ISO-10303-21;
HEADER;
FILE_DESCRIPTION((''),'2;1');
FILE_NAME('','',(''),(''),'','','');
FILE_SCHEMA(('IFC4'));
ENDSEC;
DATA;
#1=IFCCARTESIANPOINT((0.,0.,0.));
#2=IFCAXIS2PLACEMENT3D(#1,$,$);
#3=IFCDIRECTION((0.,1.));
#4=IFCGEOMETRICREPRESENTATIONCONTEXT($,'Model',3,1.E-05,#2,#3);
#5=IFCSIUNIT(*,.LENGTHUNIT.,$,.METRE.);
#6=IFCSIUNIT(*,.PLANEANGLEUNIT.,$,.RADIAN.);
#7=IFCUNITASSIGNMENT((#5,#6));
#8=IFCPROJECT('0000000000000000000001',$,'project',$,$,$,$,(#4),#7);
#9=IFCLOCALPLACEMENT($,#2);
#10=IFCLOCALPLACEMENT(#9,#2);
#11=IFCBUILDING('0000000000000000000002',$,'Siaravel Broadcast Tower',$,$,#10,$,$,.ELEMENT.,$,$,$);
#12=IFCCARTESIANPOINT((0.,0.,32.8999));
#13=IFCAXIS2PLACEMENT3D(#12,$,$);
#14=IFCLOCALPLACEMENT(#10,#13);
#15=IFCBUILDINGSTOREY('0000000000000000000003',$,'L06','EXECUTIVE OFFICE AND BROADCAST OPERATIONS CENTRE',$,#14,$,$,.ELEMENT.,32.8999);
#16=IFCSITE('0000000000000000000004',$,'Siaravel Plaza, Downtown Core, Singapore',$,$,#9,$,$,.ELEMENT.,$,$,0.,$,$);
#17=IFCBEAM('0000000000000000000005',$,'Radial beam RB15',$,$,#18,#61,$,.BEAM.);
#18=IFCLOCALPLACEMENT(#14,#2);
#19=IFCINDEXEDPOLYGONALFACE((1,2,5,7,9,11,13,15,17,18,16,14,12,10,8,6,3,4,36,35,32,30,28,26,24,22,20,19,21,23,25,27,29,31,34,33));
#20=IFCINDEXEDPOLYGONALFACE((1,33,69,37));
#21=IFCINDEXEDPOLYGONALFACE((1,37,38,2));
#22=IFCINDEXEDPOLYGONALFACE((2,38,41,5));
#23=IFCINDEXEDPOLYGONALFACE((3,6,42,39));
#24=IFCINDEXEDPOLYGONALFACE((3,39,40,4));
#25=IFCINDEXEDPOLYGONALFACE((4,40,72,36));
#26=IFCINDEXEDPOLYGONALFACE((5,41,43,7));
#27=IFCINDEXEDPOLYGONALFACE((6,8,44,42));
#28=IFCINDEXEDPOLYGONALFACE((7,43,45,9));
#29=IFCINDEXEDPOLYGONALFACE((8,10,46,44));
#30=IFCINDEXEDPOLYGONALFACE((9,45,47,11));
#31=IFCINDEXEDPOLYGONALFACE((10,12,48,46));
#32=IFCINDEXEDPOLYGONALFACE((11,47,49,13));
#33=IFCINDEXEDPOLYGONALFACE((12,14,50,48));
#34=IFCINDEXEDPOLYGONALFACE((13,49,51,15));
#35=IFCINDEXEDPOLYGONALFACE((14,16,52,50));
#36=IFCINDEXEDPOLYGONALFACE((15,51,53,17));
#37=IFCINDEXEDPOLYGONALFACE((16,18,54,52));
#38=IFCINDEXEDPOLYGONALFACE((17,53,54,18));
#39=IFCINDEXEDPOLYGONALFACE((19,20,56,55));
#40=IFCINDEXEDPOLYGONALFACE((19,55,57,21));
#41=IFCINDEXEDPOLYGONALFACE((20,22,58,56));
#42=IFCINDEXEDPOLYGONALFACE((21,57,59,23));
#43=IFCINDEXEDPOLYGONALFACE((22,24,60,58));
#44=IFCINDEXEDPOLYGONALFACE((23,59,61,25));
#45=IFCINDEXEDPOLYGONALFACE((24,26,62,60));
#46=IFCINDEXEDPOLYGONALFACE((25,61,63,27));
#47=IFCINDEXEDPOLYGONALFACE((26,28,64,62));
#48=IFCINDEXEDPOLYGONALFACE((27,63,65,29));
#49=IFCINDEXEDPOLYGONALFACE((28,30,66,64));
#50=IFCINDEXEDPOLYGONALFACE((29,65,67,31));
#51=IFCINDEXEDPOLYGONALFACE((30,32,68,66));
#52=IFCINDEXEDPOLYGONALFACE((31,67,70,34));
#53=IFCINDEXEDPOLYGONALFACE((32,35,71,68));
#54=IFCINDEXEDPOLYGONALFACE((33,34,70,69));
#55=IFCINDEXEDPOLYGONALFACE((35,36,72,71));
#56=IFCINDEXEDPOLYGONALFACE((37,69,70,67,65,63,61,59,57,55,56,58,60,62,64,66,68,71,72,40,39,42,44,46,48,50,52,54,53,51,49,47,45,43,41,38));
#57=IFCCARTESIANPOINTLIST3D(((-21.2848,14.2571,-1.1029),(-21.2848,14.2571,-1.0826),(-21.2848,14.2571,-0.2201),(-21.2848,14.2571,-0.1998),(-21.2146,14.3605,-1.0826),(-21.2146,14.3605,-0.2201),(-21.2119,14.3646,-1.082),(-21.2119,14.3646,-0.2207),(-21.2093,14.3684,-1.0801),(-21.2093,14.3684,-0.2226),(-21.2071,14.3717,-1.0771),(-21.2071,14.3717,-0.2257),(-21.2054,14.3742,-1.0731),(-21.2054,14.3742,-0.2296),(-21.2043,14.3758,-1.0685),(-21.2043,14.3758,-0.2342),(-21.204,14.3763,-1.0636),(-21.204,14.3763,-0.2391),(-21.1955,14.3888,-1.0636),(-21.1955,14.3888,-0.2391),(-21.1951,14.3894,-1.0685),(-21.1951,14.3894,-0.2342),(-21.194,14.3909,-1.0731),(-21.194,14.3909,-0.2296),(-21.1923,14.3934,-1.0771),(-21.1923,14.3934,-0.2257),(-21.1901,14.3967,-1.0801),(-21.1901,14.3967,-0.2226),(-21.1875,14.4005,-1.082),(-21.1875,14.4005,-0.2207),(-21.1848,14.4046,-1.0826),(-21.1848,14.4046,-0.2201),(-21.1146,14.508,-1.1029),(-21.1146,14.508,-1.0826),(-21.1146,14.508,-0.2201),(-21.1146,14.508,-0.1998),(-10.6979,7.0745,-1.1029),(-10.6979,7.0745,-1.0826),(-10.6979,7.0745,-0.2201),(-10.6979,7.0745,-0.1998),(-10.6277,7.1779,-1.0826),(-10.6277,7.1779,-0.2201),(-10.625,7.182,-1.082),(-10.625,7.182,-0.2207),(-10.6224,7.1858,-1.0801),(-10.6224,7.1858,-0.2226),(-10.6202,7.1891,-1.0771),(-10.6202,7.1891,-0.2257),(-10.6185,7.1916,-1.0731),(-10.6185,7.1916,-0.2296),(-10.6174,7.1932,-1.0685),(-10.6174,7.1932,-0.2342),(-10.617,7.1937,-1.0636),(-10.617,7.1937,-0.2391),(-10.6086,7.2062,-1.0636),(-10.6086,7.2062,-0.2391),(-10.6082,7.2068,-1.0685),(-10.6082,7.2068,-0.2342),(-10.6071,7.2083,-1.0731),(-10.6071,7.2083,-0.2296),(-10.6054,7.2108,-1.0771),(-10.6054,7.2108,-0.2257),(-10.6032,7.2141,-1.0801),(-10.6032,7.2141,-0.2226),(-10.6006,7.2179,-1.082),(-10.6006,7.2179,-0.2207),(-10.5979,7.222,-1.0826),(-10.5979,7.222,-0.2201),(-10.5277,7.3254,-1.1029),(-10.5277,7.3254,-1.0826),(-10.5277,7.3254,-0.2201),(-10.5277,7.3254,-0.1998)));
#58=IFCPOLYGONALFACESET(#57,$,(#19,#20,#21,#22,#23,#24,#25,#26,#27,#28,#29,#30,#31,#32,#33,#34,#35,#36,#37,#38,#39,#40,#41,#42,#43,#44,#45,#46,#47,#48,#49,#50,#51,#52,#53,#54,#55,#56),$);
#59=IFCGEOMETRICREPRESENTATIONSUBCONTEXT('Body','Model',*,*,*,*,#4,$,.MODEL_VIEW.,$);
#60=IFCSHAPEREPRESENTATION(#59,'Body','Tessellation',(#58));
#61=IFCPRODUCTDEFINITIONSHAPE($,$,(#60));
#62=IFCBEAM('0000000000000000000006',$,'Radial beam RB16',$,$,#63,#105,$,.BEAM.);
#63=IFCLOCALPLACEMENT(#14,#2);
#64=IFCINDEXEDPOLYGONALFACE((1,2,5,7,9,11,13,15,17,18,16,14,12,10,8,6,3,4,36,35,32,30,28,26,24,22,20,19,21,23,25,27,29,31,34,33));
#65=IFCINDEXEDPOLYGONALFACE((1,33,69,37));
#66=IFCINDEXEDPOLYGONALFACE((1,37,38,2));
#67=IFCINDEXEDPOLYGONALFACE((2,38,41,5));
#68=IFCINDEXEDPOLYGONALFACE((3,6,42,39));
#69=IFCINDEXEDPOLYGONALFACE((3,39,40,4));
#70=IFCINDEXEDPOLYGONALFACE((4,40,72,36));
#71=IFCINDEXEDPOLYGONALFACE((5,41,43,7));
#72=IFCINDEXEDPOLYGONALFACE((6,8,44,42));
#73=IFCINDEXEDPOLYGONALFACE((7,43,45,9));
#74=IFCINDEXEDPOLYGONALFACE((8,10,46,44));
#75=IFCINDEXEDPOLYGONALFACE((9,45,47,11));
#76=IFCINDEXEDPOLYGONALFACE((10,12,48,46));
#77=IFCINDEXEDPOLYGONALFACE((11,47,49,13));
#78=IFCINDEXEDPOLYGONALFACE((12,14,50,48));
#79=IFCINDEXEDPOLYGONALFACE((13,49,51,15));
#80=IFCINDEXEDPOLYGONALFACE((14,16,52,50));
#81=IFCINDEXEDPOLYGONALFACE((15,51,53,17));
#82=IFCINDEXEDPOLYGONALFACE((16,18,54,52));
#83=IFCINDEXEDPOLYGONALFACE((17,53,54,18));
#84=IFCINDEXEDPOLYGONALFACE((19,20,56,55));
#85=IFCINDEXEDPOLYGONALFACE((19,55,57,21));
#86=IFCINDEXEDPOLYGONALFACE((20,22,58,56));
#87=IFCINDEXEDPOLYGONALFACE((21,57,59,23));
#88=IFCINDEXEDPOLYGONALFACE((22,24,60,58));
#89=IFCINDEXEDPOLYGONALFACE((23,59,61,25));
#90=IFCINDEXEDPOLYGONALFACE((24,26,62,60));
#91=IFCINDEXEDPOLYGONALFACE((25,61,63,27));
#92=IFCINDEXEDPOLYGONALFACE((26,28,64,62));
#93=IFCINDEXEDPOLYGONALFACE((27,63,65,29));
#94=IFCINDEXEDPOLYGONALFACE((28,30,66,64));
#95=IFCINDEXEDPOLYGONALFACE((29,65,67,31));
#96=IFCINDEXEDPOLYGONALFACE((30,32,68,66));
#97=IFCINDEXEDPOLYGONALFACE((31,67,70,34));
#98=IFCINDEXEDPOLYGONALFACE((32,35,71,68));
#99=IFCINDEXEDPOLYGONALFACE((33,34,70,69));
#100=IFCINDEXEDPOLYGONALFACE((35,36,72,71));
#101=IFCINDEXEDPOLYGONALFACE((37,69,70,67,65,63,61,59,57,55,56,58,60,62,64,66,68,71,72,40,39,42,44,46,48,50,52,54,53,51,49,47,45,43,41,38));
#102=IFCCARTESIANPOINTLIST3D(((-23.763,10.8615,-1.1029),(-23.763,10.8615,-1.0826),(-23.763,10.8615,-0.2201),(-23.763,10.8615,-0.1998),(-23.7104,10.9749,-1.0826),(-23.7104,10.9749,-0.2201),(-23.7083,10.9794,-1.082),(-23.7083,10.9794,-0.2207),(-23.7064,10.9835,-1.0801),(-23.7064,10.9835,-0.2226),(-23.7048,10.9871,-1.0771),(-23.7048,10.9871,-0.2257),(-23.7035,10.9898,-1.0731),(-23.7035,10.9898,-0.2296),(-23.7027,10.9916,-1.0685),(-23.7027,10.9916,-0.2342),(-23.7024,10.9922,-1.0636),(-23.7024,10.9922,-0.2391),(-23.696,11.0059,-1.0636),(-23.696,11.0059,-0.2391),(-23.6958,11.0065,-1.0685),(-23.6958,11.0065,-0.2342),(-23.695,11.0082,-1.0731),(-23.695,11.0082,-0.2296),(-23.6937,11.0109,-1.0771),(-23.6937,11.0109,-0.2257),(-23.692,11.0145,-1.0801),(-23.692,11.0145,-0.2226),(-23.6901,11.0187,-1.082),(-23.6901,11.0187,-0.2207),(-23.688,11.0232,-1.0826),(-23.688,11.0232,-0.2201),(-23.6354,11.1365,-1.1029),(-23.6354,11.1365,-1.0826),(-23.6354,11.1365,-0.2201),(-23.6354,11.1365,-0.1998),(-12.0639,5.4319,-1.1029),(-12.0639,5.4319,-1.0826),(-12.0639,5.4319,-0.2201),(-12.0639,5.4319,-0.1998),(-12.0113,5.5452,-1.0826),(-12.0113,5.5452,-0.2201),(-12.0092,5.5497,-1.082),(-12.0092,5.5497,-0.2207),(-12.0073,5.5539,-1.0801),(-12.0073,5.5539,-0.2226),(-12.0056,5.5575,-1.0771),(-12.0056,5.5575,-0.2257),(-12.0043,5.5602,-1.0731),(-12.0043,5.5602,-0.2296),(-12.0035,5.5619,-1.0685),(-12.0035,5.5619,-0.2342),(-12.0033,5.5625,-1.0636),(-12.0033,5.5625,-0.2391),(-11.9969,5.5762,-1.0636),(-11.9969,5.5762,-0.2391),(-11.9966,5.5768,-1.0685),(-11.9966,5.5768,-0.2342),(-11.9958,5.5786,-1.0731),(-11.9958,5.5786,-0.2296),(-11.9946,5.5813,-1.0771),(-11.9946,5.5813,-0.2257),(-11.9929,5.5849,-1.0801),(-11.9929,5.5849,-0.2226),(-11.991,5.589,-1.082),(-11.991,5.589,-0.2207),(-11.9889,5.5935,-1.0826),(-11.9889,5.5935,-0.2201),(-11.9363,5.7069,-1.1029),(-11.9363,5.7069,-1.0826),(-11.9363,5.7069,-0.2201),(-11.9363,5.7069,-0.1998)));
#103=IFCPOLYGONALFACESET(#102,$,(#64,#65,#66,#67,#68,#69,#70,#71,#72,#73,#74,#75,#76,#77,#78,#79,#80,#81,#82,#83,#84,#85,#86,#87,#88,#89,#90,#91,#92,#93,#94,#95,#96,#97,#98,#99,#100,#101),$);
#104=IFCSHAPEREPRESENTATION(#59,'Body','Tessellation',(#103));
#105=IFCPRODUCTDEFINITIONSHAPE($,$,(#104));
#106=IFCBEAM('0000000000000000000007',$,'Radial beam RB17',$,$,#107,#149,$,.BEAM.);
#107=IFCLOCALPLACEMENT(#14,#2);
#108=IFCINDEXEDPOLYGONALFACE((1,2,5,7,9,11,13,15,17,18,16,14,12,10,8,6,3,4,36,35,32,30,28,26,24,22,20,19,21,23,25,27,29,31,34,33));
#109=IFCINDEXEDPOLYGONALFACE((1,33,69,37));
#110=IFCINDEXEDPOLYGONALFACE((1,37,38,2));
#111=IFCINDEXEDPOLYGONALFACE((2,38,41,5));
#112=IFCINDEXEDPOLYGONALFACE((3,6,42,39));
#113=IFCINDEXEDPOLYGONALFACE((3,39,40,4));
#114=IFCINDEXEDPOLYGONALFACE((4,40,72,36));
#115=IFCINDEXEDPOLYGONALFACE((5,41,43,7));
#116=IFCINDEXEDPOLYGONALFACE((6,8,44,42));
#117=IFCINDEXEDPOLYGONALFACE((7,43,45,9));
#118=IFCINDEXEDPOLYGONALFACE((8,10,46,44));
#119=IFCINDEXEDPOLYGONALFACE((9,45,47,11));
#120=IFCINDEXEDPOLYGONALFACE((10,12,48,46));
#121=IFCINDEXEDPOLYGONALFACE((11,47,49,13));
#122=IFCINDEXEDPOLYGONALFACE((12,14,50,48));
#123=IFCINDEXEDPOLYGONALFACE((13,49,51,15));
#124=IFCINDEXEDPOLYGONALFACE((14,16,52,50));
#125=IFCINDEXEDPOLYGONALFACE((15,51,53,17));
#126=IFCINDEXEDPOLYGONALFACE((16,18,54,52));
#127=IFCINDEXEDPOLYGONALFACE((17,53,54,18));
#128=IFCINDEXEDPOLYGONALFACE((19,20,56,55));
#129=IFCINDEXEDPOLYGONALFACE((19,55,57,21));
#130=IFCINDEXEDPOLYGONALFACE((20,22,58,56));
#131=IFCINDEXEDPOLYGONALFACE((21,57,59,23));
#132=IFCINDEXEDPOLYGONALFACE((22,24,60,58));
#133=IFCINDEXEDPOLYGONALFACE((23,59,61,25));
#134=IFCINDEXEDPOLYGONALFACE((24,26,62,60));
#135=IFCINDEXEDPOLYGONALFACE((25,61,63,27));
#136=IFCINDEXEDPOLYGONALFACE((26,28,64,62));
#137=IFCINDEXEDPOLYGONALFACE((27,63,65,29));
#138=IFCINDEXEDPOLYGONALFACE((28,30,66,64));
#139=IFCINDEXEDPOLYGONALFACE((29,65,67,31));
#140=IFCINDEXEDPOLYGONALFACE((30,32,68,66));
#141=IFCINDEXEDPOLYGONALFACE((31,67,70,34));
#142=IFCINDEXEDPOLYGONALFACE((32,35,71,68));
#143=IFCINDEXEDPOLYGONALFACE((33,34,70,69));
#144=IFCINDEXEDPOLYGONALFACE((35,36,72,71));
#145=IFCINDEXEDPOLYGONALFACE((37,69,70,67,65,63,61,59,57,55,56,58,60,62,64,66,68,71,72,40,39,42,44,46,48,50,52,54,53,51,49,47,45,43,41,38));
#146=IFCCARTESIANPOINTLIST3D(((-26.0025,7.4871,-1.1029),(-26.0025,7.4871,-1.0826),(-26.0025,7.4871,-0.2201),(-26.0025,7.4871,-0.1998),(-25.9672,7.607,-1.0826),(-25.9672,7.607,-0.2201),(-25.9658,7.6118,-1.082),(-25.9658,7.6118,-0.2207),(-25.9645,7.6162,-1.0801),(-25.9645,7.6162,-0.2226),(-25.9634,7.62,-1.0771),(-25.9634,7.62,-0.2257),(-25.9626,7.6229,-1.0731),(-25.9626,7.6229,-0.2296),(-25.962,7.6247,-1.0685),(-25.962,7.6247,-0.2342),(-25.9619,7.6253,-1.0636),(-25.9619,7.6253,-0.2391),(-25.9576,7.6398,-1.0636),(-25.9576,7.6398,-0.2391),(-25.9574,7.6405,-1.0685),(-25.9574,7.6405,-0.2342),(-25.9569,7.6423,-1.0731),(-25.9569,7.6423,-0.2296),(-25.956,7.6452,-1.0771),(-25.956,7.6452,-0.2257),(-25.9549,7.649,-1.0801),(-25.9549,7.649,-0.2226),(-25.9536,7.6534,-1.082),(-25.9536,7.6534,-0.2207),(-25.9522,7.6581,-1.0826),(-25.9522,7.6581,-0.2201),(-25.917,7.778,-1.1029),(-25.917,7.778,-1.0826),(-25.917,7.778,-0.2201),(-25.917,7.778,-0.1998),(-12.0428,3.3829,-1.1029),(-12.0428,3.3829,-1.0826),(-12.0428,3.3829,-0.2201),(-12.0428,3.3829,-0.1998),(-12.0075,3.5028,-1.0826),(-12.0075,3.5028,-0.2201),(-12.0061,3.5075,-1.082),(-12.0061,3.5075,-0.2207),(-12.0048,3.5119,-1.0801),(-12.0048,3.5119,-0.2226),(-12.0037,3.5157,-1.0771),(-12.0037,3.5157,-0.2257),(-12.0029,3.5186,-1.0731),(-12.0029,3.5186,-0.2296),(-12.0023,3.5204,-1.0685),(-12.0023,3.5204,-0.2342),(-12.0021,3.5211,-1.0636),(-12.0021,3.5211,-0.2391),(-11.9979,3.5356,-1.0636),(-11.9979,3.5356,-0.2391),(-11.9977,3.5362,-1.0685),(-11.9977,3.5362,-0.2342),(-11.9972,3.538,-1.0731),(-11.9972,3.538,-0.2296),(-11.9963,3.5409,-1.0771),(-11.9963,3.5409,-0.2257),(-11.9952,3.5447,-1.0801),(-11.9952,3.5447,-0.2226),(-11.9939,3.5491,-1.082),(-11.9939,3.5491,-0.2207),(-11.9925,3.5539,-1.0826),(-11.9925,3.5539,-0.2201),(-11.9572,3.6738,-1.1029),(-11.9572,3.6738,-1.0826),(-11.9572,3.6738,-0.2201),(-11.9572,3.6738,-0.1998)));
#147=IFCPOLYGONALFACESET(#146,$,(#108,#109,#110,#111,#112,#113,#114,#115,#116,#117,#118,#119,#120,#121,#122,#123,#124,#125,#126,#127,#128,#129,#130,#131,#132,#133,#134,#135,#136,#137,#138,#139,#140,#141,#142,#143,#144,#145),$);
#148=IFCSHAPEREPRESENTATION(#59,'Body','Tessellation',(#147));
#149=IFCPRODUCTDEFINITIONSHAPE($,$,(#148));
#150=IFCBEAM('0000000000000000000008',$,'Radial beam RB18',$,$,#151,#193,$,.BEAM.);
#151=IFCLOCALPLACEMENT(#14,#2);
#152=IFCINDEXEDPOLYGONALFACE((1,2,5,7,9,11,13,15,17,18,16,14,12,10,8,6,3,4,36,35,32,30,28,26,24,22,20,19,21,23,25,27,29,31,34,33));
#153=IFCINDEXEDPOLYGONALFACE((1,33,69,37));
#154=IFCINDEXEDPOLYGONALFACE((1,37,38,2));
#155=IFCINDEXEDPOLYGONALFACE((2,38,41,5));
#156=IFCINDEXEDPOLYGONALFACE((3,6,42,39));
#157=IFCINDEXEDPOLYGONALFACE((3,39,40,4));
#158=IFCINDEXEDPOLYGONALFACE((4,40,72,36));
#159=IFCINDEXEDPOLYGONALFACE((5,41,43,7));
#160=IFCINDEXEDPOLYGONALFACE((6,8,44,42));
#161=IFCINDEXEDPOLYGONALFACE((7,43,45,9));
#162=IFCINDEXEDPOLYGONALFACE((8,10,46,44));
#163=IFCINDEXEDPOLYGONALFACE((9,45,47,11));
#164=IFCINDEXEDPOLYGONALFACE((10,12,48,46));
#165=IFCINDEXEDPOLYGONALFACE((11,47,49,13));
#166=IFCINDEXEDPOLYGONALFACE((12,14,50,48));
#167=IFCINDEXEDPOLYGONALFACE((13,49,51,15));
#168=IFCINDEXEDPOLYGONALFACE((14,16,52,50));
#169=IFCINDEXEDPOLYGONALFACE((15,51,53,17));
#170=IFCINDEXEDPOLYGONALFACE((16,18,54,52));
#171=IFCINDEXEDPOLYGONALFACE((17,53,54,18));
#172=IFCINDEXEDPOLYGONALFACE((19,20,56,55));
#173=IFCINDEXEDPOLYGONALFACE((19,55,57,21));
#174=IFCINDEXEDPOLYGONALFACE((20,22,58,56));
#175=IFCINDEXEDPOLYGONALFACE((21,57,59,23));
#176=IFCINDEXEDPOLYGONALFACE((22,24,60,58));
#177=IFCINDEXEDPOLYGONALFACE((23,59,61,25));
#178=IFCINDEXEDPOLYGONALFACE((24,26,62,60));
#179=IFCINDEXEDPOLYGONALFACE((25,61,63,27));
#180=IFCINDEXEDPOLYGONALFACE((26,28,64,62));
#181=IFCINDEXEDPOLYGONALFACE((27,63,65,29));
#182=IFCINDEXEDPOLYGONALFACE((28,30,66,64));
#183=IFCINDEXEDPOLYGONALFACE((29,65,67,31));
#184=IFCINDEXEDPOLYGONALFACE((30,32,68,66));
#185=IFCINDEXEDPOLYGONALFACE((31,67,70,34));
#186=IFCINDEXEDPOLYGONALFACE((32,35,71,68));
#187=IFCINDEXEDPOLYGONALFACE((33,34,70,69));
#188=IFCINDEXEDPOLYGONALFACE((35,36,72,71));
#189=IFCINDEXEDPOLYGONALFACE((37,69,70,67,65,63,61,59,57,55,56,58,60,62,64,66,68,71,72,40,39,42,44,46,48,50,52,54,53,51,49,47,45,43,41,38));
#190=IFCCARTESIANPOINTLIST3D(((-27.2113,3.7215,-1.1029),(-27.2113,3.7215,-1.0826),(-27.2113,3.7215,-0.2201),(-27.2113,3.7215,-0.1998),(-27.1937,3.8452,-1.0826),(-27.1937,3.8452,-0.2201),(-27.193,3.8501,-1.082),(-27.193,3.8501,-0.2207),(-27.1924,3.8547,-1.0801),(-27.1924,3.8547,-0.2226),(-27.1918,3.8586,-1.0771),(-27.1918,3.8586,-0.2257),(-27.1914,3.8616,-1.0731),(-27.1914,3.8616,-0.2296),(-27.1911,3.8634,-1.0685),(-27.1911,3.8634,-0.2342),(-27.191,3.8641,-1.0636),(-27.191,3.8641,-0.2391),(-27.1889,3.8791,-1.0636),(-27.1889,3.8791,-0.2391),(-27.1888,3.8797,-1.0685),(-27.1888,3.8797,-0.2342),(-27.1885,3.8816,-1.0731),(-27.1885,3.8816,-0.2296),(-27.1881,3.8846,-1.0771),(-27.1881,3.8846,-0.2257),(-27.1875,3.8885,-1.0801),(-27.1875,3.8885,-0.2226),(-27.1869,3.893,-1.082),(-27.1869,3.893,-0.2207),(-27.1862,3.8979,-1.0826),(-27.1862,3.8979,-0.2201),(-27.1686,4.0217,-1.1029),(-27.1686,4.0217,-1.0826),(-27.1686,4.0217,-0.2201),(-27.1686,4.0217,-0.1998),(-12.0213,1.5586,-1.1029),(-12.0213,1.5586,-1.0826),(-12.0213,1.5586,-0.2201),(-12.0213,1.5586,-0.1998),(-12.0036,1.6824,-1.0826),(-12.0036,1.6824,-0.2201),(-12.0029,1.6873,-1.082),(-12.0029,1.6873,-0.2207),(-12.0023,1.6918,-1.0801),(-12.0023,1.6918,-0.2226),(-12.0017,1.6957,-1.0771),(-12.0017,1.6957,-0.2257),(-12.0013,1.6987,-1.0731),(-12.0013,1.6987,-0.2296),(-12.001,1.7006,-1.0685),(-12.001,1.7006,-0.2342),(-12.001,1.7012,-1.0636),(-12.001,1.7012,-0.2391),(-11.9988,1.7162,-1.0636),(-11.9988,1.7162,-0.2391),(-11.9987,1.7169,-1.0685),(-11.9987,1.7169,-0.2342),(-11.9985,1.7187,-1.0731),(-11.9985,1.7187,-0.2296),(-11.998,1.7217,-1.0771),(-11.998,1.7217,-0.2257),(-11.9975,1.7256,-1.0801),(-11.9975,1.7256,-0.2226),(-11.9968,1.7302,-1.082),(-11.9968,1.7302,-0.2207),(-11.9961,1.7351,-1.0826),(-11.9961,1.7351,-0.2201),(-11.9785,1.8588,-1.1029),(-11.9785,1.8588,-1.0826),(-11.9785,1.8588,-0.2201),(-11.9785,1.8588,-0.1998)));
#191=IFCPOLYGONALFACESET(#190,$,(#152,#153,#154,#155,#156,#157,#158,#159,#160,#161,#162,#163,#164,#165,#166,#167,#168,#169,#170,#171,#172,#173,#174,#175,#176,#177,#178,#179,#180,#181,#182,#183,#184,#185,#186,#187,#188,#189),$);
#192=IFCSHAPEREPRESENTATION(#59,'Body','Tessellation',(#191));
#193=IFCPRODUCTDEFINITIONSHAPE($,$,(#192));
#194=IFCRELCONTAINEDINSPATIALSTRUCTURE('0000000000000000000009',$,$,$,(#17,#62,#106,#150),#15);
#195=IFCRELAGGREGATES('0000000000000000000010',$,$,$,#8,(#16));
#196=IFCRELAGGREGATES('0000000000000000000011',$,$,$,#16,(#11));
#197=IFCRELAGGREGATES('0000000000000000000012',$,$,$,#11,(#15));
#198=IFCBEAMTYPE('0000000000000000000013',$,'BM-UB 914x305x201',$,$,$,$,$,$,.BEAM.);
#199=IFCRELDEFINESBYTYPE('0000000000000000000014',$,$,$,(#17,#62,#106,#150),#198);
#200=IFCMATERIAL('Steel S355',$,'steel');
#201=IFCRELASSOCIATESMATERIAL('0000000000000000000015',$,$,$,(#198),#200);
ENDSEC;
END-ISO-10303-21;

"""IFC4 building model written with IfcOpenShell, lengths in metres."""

from ifc_helpers import new_model, si_unit, direction, frame, origin, origin_2d, place, context, subcontext, project, spatial, i_section, extrude, material, material_profile, profile_set, type_object, element, save


model = new_model("IFC4")

# Units and contexts
model_context = context("Model", 3, precision=1e-05, world=origin(), true_north=direction((0.0, 1.0)))
body_context = subcontext(model_context, "Body", "Model", "MODEL_VIEW")
ifc_project = project(units=[si_unit("LENGTHUNIT", "METRE"), si_unit("PLANEANGLEUNIT", "RADIAN")], contexts=[model_context])

# Site, building, storey
site_placement = place(None, origin())
site = spatial("IfcSite", under=ifc_project, at=site_placement, Name="Siaravel Plaza, Downtown Core, Singapore", CompositionType="ELEMENT", RefElevation=0.0)
building_placement = place(site_placement, origin())
building = spatial("IfcBuilding", under=site, at=building_placement, Name="Siaravel Broadcast Tower", CompositionType="ELEMENT")
storey_placement = place(building_placement, frame((0.0, 0.0, 32.8999)))
storey = spatial("IfcBuildingStorey", under=building, at=storey_placement, Name="L06", Description="EXECUTIVE OFFICE AND BROADCAST OPERATIONS CENTRE", CompositionType="ELEMENT", Elevation=32.8999)

# Beams
ifc_material_1 = material(Name="Steel S355", Category="steel")
ifc_material_profile_1 = material_profile(ifc_material_1, i_section(OverallWidth=0.3032, OverallDepth=0.9031, WebThickness=0.0151, FlangeThickness=0.0203, FilletRadius=0.019, at=origin_2d()))
ifc_profile_set_1 = profile_set([ifc_material_profile_1], Name="Steel S355")
beam_type = type_object("IfcBeamType", Name="BM-UB 914x305x201", PredefinedType="BEAM", material=ifc_profile_set_1)
beam_1_placement = place(storey_placement, frame((-21.1997, 14.3826, -0.6514), z_axis=(0.827525, -0.561429, 0.0), x_axis=(0.561429, 0.827525, 0.0)))
element("IfcBeam", 1, at=beam_1_placement, inside=storey, type_object=beam_type, Name="Radial beam RB15", PredefinedType="BEAM", context=body_context, shape_type="SweptSolid", body=[
    extrude(i_section(OverallWidth=0.3032, OverallDepth=0.9031, WebThickness=0.0151, FlangeThickness=0.0203, FilletRadius=0.019, at=origin_2d()), origin(), (0.0, 0.0, 1.0), 12.7935),
])
beam_2_placement = place(storey_placement, frame((-23.6992, 10.999, -0.6514), z_axis=(0.907071, -0.420978, 0.0), x_axis=(0.420978, 0.907071, 0.0)))
element("IfcBeam", 2, at=beam_2_placement, inside=storey, type_object=beam_type, Name="Radial beam RB16", PredefinedType="BEAM", context=body_context, shape_type="SweptSolid", body=[
    extrude(i_section(OverallWidth=0.3032, OverallDepth=0.9031, WebThickness=0.0151, FlangeThickness=0.0203, FilletRadius=0.019, at=origin_2d()), origin(), (0.0, 0.0, 1.0), 12.8977),
])
beam_3_placement = place(storey_placement, frame((-25.9597, 7.6326, -0.6514), z_axis=(0.959394, -0.282068, 0.0), x_axis=(0.282068, 0.959394, 0.0)))
element("IfcBeam", 3, at=beam_3_placement, inside=storey, type_object=beam_type, Name="Radial beam RB17", PredefinedType="BEAM", context=body_context, shape_type="SweptSolid", body=[
    extrude(i_section(OverallWidth=0.3032, OverallDepth=0.9031, WebThickness=0.0151, FlangeThickness=0.0203, FilletRadius=0.019, at=origin_2d()), origin(), (0.0, 0.0, 1.0), 14.5505),
])
beam_4_placement = place(storey_placement, frame((-27.1899, 3.8716, -0.6514), z_axis=(0.990015, -0.140965, 0.0), x_axis=(0.140965, 0.990015, 0.0)))
element("IfcBeam", 4, at=beam_4_placement, inside=storey, type_object=beam_type, Name="Radial beam RB18", PredefinedType="BEAM", context=body_context, shape_type="SweptSolid", body=[
    extrude(i_section(OverallWidth=0.3032, OverallDepth=0.9031, WebThickness=0.0151, FlangeThickness=0.0203, FilletRadius=0.019, at=origin_2d()), origin(), (0.0, 0.0, 1.0), 15.3433),
])

save(model, "model.ifc")
